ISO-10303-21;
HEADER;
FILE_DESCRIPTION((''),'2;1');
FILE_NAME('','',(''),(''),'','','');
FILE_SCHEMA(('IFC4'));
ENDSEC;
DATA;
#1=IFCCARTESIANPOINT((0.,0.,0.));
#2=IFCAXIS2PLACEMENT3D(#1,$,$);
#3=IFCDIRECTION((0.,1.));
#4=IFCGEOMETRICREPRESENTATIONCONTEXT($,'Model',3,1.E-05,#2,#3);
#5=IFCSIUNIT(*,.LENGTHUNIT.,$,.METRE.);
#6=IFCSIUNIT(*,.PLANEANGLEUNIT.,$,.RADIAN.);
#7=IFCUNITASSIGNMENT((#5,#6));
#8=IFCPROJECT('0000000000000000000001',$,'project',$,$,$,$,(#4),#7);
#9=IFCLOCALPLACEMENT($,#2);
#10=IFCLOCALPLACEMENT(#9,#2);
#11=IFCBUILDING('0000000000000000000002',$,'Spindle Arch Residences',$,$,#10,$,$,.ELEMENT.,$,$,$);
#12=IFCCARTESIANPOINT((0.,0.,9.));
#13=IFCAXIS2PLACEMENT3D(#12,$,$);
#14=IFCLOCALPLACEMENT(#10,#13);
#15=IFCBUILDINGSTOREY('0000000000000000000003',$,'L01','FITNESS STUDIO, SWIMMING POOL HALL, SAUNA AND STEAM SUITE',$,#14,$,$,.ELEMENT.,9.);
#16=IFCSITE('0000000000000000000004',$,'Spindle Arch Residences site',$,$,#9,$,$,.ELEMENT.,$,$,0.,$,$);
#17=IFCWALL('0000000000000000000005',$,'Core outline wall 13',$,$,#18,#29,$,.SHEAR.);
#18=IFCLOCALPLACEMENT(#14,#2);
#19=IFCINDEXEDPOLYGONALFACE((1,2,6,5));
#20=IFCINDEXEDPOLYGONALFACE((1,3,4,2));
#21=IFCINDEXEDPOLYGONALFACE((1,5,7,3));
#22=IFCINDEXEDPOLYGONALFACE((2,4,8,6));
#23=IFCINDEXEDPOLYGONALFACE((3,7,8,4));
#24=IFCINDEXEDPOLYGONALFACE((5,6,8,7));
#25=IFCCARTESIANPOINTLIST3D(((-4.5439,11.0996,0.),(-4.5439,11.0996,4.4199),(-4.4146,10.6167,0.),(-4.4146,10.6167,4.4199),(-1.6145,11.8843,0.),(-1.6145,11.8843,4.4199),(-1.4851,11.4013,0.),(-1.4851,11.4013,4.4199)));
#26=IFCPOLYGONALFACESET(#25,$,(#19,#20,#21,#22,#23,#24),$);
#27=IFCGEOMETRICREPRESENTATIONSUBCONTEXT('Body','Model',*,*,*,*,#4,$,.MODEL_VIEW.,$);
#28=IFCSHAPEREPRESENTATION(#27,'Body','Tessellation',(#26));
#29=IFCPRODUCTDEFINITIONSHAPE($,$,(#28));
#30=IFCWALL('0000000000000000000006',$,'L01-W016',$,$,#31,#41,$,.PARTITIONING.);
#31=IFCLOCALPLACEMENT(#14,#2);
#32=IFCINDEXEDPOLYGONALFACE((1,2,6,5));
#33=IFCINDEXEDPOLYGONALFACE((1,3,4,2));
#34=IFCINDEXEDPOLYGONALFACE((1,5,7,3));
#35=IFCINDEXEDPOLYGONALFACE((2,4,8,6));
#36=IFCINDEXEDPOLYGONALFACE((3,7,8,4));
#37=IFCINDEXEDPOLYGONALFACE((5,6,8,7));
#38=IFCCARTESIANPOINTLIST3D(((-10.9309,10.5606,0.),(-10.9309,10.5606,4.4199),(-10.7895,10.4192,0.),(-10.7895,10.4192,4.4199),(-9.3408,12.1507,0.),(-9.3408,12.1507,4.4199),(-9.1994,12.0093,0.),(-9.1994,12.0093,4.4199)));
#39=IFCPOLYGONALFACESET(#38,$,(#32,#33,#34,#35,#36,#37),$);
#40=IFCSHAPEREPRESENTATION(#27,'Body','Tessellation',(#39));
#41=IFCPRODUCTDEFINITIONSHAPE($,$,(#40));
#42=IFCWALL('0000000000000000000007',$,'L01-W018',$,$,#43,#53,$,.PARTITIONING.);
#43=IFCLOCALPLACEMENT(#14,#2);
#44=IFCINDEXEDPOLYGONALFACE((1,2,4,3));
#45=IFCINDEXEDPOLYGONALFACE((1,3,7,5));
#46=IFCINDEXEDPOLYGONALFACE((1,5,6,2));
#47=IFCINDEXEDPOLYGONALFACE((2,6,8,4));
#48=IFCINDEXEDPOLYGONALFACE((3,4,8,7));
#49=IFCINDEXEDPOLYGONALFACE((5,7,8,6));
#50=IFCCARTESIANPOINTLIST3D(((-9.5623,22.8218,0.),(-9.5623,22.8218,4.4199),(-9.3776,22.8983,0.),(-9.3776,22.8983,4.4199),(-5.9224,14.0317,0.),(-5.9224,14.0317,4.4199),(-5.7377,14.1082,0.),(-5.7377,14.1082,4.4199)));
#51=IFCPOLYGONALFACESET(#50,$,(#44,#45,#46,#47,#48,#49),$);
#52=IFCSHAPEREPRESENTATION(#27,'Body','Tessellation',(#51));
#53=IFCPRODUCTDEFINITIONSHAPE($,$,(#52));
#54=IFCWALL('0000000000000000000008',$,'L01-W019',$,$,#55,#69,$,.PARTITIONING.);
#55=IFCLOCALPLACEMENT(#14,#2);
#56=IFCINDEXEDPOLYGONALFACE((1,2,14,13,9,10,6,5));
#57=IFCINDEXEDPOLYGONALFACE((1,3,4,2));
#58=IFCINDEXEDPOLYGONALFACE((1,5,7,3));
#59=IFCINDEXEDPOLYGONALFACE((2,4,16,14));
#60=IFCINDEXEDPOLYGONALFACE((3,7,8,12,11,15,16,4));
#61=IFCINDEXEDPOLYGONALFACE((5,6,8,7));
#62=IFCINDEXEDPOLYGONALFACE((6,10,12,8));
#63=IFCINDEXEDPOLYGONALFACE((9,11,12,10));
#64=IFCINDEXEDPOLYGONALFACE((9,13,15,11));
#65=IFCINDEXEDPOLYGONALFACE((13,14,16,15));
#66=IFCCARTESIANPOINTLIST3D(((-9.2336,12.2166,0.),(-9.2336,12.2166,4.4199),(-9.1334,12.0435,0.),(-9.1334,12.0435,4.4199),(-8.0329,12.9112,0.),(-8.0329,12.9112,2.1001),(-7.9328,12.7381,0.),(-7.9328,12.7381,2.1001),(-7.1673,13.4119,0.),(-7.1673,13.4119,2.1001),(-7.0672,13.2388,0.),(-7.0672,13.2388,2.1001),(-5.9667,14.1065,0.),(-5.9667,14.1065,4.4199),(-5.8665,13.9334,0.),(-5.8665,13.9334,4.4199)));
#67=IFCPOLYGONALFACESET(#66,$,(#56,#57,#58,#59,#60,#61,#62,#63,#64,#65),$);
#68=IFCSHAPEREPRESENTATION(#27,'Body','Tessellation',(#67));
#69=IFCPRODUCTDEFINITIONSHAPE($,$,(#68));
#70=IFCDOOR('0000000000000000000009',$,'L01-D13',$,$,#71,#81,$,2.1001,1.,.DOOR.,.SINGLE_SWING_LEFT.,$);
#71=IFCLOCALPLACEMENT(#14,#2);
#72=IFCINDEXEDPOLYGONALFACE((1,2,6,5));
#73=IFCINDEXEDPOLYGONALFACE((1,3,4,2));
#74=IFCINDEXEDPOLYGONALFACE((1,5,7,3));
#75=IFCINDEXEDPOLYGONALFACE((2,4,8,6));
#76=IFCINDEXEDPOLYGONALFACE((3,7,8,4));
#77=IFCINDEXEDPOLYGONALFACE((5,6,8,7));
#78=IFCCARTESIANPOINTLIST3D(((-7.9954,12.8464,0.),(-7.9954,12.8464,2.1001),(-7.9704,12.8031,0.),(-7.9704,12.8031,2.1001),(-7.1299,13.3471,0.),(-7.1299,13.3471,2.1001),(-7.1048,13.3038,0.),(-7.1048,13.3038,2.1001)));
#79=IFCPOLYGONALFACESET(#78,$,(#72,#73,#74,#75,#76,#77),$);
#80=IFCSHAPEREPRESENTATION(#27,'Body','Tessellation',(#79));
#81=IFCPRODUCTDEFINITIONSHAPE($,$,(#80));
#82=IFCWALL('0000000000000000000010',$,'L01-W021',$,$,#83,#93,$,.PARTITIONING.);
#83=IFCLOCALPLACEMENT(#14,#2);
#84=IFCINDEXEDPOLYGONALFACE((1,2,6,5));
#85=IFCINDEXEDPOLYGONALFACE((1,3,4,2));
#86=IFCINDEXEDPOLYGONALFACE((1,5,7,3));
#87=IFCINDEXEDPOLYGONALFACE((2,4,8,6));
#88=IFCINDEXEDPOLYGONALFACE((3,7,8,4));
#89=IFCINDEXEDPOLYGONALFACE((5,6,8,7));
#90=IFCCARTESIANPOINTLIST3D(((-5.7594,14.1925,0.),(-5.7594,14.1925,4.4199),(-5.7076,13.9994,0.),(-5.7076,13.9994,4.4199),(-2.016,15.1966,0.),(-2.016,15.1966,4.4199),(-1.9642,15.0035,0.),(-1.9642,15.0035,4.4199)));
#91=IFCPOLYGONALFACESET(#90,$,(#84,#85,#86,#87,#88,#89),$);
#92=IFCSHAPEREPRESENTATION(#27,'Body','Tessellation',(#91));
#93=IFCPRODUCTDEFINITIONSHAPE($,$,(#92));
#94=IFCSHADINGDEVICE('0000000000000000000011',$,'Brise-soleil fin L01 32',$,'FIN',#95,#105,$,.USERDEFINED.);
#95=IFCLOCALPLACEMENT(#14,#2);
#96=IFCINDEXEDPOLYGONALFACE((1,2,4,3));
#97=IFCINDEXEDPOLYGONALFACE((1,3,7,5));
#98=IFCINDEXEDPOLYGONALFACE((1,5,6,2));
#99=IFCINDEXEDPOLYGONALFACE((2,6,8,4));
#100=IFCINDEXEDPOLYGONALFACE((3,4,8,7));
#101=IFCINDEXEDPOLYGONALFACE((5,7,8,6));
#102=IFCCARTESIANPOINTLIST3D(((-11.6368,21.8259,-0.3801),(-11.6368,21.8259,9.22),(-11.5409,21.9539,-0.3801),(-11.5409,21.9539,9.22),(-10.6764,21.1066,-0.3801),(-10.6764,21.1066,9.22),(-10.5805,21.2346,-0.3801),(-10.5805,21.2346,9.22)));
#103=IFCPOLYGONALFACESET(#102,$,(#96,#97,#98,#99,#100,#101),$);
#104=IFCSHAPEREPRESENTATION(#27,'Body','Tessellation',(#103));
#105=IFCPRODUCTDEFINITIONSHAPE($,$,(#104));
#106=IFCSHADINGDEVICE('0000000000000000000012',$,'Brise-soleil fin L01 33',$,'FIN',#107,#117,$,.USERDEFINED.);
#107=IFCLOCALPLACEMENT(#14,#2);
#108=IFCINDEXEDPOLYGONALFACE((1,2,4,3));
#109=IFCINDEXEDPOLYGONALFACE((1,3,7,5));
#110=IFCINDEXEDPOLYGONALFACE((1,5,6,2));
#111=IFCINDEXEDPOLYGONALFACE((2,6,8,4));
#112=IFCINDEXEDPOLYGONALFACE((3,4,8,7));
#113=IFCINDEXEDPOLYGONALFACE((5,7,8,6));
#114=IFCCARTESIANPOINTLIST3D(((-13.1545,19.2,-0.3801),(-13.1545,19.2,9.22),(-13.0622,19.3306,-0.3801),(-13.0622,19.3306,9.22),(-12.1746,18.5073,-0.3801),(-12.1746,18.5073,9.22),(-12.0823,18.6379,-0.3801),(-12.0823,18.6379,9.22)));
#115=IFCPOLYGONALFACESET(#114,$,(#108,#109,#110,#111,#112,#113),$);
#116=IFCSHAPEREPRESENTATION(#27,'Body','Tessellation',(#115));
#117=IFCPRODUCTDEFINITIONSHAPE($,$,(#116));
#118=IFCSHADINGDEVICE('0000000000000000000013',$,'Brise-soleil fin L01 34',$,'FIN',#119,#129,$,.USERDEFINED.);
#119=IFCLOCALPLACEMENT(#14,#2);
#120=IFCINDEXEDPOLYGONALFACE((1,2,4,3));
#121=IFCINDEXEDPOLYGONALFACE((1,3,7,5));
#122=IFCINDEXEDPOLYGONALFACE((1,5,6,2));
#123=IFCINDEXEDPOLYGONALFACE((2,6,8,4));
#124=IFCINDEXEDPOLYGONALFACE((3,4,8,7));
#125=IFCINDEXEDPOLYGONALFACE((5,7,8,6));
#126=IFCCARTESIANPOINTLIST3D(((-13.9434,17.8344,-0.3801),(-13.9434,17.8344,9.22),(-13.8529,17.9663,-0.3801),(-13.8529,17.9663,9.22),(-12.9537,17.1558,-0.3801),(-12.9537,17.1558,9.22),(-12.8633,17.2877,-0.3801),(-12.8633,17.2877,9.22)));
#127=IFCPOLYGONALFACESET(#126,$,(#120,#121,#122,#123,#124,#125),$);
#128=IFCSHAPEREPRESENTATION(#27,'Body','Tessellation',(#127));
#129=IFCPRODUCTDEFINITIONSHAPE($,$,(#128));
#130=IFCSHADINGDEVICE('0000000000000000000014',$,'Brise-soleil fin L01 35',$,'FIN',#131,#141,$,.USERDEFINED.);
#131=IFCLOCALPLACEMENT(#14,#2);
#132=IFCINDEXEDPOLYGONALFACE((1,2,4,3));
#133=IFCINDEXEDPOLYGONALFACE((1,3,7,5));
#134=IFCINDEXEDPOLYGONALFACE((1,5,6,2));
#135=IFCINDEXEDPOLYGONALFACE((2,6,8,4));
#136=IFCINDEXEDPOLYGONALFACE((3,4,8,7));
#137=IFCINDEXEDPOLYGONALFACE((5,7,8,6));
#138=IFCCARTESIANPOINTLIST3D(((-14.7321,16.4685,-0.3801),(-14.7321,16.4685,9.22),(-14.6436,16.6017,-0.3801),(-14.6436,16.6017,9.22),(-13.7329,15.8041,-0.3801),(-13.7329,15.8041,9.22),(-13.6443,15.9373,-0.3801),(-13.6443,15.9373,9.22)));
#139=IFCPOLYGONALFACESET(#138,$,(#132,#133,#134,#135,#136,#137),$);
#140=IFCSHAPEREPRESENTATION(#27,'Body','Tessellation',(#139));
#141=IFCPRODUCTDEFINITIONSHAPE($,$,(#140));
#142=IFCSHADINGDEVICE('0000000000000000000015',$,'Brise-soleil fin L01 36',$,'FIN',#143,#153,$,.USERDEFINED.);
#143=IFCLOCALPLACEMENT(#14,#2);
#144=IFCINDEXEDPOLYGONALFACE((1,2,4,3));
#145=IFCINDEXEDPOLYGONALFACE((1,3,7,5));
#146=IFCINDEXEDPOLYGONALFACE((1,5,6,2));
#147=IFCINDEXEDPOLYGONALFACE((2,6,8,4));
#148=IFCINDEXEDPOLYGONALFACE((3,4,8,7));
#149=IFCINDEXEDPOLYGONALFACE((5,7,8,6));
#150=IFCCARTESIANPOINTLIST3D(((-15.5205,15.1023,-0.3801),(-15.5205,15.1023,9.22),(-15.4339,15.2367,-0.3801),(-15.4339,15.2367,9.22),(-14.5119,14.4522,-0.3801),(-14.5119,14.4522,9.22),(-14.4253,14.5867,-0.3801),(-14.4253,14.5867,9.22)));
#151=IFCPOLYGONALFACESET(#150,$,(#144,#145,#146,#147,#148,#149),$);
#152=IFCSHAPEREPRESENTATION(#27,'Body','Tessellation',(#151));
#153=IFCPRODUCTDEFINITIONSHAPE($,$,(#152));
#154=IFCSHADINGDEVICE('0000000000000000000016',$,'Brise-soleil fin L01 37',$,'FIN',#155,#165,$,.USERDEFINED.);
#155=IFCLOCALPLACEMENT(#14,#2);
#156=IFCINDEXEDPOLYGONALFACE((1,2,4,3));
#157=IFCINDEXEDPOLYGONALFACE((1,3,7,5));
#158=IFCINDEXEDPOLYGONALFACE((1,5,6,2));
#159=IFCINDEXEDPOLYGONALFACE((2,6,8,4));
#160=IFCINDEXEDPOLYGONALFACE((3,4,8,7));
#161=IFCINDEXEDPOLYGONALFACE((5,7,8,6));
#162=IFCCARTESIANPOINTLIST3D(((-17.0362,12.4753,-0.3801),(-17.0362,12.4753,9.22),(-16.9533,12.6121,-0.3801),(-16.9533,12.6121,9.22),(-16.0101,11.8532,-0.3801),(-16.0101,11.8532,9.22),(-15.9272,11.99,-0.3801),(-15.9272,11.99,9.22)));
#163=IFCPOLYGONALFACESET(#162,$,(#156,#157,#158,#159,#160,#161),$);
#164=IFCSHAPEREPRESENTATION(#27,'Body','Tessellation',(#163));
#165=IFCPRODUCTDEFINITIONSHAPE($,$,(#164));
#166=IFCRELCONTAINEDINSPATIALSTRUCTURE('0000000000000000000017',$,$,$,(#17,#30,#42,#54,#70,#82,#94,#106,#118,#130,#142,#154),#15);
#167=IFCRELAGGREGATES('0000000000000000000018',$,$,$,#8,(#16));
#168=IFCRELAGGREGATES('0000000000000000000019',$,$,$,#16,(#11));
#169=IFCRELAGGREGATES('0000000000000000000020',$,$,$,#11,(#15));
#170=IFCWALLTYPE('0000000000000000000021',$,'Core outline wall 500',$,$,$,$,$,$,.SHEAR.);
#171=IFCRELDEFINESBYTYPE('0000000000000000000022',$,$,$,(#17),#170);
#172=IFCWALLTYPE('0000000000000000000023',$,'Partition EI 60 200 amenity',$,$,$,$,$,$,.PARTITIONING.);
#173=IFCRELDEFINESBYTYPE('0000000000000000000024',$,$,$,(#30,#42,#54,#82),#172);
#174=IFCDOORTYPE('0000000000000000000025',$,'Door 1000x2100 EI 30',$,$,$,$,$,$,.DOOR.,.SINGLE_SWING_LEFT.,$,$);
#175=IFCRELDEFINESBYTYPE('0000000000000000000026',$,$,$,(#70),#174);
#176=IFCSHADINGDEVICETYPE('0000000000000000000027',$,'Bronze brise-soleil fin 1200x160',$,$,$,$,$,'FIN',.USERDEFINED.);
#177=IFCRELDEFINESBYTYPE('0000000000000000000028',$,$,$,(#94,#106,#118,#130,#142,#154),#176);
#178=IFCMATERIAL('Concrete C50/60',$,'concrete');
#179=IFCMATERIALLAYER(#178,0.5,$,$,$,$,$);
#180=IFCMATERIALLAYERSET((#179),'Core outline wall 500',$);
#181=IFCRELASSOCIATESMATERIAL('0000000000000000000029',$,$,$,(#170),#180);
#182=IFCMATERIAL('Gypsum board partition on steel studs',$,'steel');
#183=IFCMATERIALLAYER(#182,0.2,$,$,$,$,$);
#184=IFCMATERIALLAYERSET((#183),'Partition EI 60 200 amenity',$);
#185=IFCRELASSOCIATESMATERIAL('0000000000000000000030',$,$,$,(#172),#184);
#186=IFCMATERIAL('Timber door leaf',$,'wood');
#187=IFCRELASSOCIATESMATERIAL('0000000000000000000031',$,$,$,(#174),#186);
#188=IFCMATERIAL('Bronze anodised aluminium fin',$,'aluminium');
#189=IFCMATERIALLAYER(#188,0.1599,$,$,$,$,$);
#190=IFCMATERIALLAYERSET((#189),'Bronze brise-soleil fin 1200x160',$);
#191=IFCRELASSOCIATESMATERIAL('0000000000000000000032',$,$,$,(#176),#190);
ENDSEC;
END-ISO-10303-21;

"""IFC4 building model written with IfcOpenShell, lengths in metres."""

from ifc_helpers import new_model, si_unit, direction, frame, frame_2d, origin, origin_2d, place, context, subcontext, project, spatial, rectangle, extrude, material, layer, layer_set, type_object, element, fill, save


model = new_model("IFC4")

# Units and contexts
model_context = context("Model", 3, precision=1e-05, world=origin(), true_north=direction((0.0, 1.0)))
body_context = subcontext(model_context, "Body", "Model", "MODEL_VIEW")
ifc_project = project(units=[si_unit("LENGTHUNIT", "METRE"), si_unit("PLANEANGLEUNIT", "RADIAN")], contexts=[model_context])

# Site, building, storey
site_placement = place(None, origin())
site = spatial("IfcSite", under=ifc_project, at=site_placement, Name="Spindle Arch Residences site", CompositionType="ELEMENT", RefElevation=0.0)
building_placement = place(site_placement, origin())
building = spatial("IfcBuilding", under=site, at=building_placement, Name="Spindle Arch Residences", CompositionType="ELEMENT")
storey_placement = place(building_placement, frame((0.0, 0.0, 9.0)))
storey = spatial("IfcBuildingStorey", under=building, at=storey_placement, Name="L01", Description="FITNESS STUDIO, SWIMMING POOL HALL, SAUNA AND STEAM SUITE", CompositionType="ELEMENT", Elevation=9.0)

# Walls
ifc_material_1 = material(Name="Concrete C50/60", Category="concrete")
ifc_layer_1 = layer(ifc_material_1, 0.5)
ifc_layer_set_1 = layer_set([ifc_layer_1], Name="Core outline wall 500")
wall_type_1 = type_object("IfcWallType", Name="Core outline wall 500", PredefinedType="SHEAR", material=ifc_layer_set_1)
wall_1_placement = place(storey_placement, frame((-1.5498, 11.6428, 0.0), z_axis=(0.0, 0.0, 1.0), x_axis=(-0.965948, -0.258735, 0.0)))
element("IfcWall", 1, at=wall_1_placement, inside=storey, type_object=wall_type_1, Name="Core outline wall 13", PredefinedType="SHEAR", context=body_context, shape_type="SweptSolid", body=[
    extrude(rectangle(XDim=3.0327, YDim=0.5, at=frame_2d((1.5164, 0.0))), origin(), (0.0, 0.0, 1.0), 4.4199),
])
ifc_material_2 = material(Name="Gypsum board partition on steel studs", Category="steel")
ifc_layer_2 = layer(ifc_material_2, 0.2)
ifc_layer_set_2 = layer_set([ifc_layer_2], Name="Partition EI 60 200 amenity")
wall_type_2 = type_object("IfcWallType", Name="Partition EI 60 200 amenity", PredefinedType="PARTITIONING", material=ifc_layer_set_2)
wall_2_placement = place(storey_placement, frame((-9.27, 12.0801, 0.0), z_axis=(0.0, 0.0, 1.0), x_axis=(-0.707107, -0.707107, 0.0)))
element("IfcWall", 2, at=wall_2_placement, inside=storey, type_object=wall_type_2, Name="L01-W016", PredefinedType="PARTITIONING", context=body_context, shape_type="SweptSolid", body=[
    extrude(rectangle(XDim=2.2488, YDim=0.2, at=frame_2d((1.1245, 0.0))), origin(), (0.0, 0.0, 1.0), 4.4199),
])
wall_3_placement = place(storey_placement, frame((-5.8301, 14.0701, 0.0), z_axis=(0.0, 0.0, 1.0), x_axis=(-0.382588, 0.923919, 0.0)))
element("IfcWall", 3, at=wall_3_placement, inside=storey, type_object=wall_type_2, Name="L01-W018", PredefinedType="PARTITIONING", context=body_context, shape_type="SweptSolid", body=[
    extrude(rectangle(XDim=9.5139, YDim=0.2, at=frame_2d((4.7568, 0.0))), origin(), (0.0, 0.0, 1.0), 4.4199),
])

# Wall, opening, door
wall_4_placement = place(storey_placement, frame((-5.9165, 14.02, 0.0), z_axis=(0.0, 0.0, 1.0), x_axis=(-0.865592, -0.500751, 0.0)))
wall_4 = element("IfcWall", 4, at=wall_4_placement, inside=storey, type_object=wall_type_2, Name="L01-W019", PredefinedType="PARTITIONING", context=body_context, shape_type="SweptSolid", body=[
    extrude(rectangle(XDim=3.7742, YDim=0.2, at=frame_2d((1.8872, 0.0))), origin(), (0.0, 0.0, 1.0), 4.4199),
])
opening_placement = place(wall_4_placement, frame((1.3872, 0.0, 0.0)))
opening = element("IfcOpeningElement", 5, at=opening_placement, cuts=wall_4, PredefinedType="OPENING", context=body_context, shape_type="SweptSolid", body=[
    extrude(rectangle(XDim=1.0, YDim=2.1001, at=frame_2d((0.5, 1.05))), frame((0.0, 0.1099, 0.0), z_axis=(0.0, -1.0, 0.0), x_axis=(1.0, 0.0, 0.0)), (0.0, 0.0, 1.0), 0.22),
])
ifc_material_3 = material(Name="Timber door leaf", Category="wood")
door_type = type_object("IfcDoorType", Name="Door 1000x2100 EI 30", OperationType="SINGLE_SWING_LEFT", PredefinedType="DOOR", material=ifc_material_3)
door_placement = place(opening_placement, origin())
door = element("IfcDoor", 6, at=door_placement, inside=storey, type_object=door_type, Name="L01-D13", OperationType="SINGLE_SWING_LEFT", OverallHeight=2.1001, OverallWidth=1.0, PredefinedType="DOOR", context=body_context, shape_type="SweptSolid", body=[
    extrude(rectangle(XDim=1.0, YDim=2.1001, at=frame_2d((0.5, 1.05))), frame((0.0, 0.0249, 0.0), z_axis=(0.0, -1.0, 0.0), x_axis=(1.0, 0.0, 0.0)), (0.0, 0.0, 1.0), 0.05),
])
fill(opening, door)

# Wall
wall_5_placement = place(storey_placement, frame((-1.99, 15.1001, 0.0), z_axis=(0.0, 0.0, 1.0), x_axis=(-0.965854, -0.259086, 0.0)))
element("IfcWall", 7, at=wall_5_placement, inside=storey, type_object=wall_type_2, Name="L01-W021", PredefinedType="PARTITIONING", context=body_context, shape_type="SweptSolid", body=[
    extrude(rectangle(XDim=3.8757, YDim=0.2, at=frame_2d((1.938, 0.0))), origin(), (0.0, 0.0, 1.0), 4.4199),
])

# Shading devices
ifc_material_4 = material(Name="Bronze anodised aluminium fin", Category="aluminium")
ifc_layer_3 = layer(ifc_material_4, 0.1599)
ifc_layer_set_3 = layer_set([ifc_layer_3], Name="Bronze brise-soleil fin 1200x160")
shading_device_type = type_object("IfcShadingDeviceType", Name="Bronze brise-soleil fin 1200x160", ElementType="FIN", PredefinedType="USERDEFINED", material=ifc_layer_set_3)
for number, where, z_axis, x_axis, name in (
    (8, (-11.1086, 21.5303, -0.3801), (0.0, 0.0, 1.0), (-0.800399, 0.599467, 0.0), "Brise-soleil fin L01 32"),
    (9, (-12.6184, 18.9189, -0.3801), (0.0, 0.0, 1.0), (-0.816565, 0.577254, 0.0), "Brise-soleil fin L01 33"),
    (10, (-13.4033, 17.561, -0.3801), (0.0, 0.0, 1.0), (-0.824728, 0.56553, 0.0), "Brise-soleil fin L01 34"),
    (11, (-14.1882, 16.2029, -0.3801), (0.0, 0.0, 1.0), (-0.832723, 0.55369, 0.0), "Brise-soleil fin L01 35"),
    (12, (-14.9729, 14.8445, -0.3801), (0.0, 0.0, 1.0), (-0.840548, 0.541737, 0.0), "Brise-soleil fin L01 36"),
    (13, (-16.4817, 12.2327, -0.3801), (0.0, 0.0, 1.0), (-0.855112, 0.518442, 0.0), "Brise-soleil fin L01 37"),
):
    element("IfcShadingDevice", number, at=place(storey_placement, frame(where, z_axis=z_axis, x_axis=x_axis)), inside=storey, type_object=shading_device_type, Name=name, ObjectType="FIN", PredefinedType="USERDEFINED", context=body_context, shape_type="SweptSolid", body=[
        extrude(rectangle(XDim=1.2, YDim=0.1599, at=origin_2d()), origin(), (0.0, 0.0, 1.0), 9.6001),
    ])

save(model, "model.ifc")
